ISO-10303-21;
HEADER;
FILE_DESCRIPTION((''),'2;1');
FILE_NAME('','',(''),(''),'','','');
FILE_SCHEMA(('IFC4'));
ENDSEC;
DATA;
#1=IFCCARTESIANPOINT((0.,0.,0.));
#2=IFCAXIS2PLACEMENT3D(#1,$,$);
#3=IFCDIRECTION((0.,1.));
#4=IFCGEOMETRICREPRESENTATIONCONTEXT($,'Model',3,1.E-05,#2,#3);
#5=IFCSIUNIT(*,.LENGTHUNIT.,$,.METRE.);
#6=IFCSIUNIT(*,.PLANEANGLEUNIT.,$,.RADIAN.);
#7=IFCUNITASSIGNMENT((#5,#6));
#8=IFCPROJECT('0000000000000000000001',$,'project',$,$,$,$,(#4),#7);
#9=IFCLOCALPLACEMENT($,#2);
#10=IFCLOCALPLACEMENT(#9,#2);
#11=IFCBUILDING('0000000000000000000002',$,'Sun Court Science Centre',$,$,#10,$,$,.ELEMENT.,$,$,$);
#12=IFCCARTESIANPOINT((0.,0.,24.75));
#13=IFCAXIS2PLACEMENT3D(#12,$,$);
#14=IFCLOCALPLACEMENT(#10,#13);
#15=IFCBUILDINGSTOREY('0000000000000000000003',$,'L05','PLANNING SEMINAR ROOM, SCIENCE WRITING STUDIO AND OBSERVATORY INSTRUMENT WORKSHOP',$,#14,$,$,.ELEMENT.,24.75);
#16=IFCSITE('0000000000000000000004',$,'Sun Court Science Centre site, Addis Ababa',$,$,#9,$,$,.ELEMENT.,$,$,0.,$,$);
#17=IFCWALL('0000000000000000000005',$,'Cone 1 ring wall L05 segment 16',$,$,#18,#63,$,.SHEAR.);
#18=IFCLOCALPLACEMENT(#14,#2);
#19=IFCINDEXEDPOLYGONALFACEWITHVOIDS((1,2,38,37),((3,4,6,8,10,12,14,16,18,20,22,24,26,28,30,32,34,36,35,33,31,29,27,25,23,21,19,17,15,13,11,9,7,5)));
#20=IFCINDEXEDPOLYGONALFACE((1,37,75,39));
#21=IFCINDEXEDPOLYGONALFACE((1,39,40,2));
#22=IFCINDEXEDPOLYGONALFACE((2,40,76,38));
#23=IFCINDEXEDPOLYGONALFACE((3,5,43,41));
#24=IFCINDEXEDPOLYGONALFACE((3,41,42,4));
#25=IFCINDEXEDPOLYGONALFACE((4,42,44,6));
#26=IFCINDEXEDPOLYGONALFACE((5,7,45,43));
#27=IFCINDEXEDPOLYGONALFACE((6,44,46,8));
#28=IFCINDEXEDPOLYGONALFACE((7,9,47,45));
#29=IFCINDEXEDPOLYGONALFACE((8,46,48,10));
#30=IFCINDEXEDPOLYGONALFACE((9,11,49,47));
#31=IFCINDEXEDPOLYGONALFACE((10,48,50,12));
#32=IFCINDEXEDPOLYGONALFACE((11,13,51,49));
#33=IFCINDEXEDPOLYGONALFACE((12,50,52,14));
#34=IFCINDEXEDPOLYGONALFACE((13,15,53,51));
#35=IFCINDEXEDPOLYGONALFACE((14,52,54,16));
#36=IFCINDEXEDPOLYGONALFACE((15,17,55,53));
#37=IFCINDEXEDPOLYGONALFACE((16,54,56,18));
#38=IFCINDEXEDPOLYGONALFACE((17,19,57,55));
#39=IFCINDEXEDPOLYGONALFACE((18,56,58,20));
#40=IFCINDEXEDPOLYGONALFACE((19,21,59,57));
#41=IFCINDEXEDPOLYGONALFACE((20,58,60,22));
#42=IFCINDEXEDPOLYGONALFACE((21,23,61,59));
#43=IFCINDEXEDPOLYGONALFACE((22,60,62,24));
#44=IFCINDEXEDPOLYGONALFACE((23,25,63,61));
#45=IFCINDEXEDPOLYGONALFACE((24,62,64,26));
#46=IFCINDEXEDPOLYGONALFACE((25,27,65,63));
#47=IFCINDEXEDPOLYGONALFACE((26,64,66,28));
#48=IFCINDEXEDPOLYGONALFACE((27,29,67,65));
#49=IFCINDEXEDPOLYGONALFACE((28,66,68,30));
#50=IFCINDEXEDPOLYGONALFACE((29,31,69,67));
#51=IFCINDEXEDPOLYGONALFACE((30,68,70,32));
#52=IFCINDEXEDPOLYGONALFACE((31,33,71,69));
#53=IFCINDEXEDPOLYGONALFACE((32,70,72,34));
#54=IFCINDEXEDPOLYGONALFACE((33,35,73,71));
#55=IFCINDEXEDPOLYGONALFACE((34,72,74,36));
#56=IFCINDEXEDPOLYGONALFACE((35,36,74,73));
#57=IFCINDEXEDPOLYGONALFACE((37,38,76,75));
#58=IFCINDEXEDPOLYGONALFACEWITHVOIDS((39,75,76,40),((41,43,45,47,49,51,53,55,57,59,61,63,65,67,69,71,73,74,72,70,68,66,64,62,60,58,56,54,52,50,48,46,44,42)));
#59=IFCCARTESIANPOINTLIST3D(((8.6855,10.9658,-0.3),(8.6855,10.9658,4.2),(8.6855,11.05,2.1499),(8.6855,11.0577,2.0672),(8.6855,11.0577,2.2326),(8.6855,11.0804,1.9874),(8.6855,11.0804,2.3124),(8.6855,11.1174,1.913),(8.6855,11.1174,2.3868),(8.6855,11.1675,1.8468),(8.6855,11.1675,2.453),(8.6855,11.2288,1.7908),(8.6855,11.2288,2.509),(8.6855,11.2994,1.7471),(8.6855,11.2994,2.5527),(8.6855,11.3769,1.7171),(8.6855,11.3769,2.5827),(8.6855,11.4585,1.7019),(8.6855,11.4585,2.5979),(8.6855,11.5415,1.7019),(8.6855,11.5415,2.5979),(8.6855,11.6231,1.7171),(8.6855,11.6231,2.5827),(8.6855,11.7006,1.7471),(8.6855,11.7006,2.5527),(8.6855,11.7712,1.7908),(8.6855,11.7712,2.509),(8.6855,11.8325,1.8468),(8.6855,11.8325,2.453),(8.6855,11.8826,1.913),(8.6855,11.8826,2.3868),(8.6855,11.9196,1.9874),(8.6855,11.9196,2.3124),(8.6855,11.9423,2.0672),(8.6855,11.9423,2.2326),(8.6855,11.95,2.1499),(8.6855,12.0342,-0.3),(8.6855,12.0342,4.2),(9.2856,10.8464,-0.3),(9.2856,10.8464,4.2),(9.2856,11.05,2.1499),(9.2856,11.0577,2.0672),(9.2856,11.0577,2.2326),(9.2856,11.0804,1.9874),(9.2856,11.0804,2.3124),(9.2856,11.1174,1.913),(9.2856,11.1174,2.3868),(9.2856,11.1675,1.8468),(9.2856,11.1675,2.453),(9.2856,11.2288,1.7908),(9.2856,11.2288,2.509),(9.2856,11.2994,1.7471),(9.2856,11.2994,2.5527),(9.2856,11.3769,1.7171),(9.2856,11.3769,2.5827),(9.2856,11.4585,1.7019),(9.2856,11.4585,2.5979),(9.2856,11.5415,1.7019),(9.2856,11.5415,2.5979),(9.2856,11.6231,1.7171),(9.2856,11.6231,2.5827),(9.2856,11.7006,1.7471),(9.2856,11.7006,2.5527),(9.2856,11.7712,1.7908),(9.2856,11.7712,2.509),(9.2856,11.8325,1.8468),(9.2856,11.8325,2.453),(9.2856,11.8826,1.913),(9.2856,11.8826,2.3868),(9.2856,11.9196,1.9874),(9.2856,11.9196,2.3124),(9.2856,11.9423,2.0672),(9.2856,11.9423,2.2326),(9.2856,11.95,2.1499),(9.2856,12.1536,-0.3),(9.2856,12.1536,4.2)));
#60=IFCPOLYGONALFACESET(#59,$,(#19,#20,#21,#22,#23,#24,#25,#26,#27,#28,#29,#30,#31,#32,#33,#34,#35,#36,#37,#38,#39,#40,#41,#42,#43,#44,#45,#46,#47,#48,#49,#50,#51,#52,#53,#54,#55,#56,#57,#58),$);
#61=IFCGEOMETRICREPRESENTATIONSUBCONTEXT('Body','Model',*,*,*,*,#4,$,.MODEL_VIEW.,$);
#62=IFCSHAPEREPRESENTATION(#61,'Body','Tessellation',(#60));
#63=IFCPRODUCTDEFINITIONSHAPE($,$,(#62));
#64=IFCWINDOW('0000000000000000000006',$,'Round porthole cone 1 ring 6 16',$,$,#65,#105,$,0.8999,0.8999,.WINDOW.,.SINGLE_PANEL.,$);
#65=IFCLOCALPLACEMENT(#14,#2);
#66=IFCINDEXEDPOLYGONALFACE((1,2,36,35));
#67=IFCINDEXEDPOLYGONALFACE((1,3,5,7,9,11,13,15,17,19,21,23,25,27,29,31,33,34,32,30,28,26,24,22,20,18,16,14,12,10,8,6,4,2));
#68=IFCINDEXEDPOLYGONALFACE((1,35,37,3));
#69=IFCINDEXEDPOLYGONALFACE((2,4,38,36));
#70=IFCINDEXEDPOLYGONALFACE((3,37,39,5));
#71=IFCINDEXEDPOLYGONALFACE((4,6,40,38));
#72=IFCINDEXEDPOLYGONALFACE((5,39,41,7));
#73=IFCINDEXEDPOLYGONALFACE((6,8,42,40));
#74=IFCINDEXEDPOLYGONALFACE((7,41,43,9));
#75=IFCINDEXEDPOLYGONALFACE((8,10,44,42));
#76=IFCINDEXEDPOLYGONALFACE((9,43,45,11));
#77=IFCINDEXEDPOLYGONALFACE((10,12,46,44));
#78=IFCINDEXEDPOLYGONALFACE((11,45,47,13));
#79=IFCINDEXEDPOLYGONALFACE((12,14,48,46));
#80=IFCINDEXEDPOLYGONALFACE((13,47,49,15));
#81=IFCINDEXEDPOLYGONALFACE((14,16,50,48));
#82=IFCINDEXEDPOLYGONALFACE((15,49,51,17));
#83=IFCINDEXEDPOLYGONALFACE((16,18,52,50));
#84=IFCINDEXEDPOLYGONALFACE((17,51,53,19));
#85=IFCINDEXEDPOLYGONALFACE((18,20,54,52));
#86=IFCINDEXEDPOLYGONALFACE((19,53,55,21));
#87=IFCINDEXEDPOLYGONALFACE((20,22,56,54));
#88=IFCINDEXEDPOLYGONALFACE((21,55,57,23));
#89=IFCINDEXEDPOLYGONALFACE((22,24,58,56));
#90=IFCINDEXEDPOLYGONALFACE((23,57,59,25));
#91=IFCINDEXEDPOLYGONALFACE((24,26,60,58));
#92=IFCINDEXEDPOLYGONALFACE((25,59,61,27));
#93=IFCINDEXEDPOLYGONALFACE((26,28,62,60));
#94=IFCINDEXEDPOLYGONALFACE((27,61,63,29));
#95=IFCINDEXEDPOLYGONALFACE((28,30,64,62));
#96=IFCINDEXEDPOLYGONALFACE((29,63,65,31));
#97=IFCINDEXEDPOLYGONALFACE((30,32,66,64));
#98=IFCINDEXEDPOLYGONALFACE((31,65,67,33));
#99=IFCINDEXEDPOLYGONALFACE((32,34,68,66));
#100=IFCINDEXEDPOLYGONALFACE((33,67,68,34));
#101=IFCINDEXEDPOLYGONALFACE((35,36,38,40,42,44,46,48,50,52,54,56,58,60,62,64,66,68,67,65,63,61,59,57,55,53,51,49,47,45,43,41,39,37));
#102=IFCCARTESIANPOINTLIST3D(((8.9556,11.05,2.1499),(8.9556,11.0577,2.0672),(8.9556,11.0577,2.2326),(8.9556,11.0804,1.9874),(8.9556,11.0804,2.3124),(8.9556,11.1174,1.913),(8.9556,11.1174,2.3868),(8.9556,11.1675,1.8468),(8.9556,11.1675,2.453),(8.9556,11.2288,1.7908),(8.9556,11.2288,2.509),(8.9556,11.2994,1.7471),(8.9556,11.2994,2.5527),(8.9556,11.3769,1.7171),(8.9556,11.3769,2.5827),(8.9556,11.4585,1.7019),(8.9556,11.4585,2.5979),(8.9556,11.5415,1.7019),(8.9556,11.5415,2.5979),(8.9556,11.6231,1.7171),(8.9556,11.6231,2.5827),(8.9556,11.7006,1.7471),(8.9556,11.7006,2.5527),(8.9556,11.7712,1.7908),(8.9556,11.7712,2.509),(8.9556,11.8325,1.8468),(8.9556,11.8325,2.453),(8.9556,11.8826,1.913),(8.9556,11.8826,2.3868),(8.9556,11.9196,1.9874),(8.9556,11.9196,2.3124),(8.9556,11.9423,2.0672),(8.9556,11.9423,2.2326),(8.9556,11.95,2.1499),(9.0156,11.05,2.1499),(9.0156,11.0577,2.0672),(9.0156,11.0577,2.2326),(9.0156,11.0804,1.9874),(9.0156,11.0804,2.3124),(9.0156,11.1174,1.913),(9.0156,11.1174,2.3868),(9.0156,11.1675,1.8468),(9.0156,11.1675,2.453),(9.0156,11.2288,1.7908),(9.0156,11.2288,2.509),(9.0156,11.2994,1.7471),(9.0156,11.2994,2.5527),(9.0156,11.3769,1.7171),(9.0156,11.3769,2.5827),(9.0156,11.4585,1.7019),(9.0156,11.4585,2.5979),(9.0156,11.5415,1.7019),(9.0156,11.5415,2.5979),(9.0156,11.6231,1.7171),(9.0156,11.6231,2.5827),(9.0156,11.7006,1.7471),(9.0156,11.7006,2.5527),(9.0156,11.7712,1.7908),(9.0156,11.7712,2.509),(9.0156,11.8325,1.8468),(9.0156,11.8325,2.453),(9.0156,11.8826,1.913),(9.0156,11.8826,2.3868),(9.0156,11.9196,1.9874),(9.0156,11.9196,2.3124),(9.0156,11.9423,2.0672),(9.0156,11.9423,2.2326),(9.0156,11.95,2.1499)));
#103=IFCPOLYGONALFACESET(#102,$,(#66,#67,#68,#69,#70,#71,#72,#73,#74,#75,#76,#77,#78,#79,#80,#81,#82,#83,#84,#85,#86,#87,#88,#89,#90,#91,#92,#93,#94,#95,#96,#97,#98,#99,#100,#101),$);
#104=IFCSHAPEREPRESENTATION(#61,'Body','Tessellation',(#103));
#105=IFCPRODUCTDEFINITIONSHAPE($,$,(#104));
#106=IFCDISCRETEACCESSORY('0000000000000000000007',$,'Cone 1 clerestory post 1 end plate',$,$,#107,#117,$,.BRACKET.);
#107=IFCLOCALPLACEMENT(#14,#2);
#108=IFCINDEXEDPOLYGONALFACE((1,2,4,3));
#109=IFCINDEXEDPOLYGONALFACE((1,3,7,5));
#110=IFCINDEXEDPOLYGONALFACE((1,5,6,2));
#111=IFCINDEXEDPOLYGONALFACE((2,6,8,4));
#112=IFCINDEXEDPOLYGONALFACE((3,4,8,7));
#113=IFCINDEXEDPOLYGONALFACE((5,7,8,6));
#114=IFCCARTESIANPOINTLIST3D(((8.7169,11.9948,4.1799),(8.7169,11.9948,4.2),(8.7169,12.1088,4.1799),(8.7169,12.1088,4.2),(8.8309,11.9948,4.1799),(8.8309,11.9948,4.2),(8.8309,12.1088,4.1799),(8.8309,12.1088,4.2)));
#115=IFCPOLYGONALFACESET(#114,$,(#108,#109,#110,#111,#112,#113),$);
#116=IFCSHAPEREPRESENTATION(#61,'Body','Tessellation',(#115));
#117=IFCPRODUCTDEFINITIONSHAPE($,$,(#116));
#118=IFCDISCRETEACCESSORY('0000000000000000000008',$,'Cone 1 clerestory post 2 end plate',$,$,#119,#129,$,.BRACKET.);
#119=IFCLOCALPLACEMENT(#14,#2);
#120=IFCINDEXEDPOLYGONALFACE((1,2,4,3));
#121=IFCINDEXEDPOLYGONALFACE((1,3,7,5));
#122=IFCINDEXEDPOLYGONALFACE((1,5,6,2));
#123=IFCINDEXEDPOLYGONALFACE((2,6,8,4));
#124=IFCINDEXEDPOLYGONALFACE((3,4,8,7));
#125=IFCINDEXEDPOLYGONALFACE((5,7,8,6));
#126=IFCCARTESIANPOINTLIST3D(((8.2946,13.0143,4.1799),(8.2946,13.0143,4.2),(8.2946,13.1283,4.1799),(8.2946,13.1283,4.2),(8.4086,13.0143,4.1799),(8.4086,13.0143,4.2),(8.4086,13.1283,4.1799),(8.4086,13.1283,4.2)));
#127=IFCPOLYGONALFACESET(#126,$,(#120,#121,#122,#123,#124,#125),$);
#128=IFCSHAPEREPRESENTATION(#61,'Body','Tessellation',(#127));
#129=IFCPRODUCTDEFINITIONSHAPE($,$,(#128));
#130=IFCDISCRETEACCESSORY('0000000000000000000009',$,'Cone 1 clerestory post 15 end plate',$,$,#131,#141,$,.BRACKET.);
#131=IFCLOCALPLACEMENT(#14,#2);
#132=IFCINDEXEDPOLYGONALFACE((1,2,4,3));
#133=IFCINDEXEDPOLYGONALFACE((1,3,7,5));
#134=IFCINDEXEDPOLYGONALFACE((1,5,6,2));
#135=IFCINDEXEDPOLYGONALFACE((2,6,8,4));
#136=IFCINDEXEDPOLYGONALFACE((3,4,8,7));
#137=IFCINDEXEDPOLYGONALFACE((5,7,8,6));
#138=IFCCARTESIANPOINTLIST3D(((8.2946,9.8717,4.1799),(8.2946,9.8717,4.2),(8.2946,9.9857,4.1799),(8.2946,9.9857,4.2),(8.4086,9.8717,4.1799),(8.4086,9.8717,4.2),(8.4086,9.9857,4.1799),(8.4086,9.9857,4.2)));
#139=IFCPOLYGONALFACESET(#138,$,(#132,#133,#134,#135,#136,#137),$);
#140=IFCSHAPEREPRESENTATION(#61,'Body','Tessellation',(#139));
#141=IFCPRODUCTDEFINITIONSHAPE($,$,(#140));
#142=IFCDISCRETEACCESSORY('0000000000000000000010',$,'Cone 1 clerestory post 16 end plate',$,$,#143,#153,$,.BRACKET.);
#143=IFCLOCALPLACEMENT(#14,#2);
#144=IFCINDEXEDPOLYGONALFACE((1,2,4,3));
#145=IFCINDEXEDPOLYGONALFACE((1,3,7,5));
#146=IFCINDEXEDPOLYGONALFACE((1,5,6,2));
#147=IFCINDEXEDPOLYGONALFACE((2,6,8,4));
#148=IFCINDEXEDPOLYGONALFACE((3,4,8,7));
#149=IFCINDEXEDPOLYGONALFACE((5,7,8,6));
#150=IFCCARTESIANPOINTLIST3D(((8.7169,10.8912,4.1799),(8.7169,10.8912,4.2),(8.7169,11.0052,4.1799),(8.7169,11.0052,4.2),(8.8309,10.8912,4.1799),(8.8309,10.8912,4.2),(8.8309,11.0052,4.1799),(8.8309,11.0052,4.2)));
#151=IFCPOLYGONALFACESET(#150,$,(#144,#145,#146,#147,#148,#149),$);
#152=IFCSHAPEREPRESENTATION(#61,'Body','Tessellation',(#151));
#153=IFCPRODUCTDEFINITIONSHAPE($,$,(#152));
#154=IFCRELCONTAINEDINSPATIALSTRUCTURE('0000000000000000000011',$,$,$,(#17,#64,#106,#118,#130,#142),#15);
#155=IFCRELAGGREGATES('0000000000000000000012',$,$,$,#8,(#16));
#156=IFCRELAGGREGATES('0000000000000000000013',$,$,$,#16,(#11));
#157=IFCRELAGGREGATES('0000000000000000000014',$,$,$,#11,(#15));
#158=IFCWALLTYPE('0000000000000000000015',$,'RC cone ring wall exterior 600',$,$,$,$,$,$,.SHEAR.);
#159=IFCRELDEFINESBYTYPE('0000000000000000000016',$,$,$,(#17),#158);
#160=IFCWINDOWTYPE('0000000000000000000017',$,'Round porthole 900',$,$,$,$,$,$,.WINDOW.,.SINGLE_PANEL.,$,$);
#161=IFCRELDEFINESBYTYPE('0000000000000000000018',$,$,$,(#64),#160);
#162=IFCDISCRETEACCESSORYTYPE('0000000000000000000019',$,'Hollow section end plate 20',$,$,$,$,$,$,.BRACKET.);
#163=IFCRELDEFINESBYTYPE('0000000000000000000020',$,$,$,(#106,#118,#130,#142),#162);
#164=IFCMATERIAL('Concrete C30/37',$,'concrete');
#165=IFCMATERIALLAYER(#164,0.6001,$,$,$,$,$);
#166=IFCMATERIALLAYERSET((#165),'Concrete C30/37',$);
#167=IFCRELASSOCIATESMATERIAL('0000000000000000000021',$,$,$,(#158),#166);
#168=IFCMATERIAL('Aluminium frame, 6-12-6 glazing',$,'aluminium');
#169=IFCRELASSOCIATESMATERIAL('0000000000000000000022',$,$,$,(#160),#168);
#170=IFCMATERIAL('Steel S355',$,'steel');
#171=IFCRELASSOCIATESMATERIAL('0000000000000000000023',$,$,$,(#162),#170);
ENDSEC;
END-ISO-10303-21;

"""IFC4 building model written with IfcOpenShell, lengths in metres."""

from ifc_helpers import new_model, si_unit, direction, frame, frame_2d, origin, origin_2d, place, context, subcontext, project, spatial, polyline, rectangle, circle, outline, extrude, material, layer, layer_set, type_object, element, fill, save


model = new_model("IFC4")

# Units and contexts
model_context = context("Model", 3, precision=1e-05, world=origin(), true_north=direction((0.0, 1.0)))
body_context = subcontext(model_context, "Body", "Model", "MODEL_VIEW")
ifc_project = project(units=[si_unit("LENGTHUNIT", "METRE"), si_unit("PLANEANGLEUNIT", "RADIAN")], contexts=[model_context])

# Site, building, storey
site_placement = place(None, origin())
site = spatial("IfcSite", under=ifc_project, at=site_placement, Name="Sun Court Science Centre site, Addis Ababa", CompositionType="ELEMENT", RefElevation=0.0)
building_placement = place(site_placement, origin())
building = spatial("IfcBuilding", under=site, at=building_placement, Name="Sun Court Science Centre", CompositionType="ELEMENT")
storey_placement = place(building_placement, frame((0.0, 0.0, 24.75)))
storey = spatial("IfcBuildingStorey", under=building, at=storey_placement, Name="L05", Description="PLANNING SEMINAR ROOM, SCIENCE WRITING STUDIO AND OBSERVATORY INSTRUMENT WORKSHOP", CompositionType="ELEMENT", Elevation=24.75)

# Wall, opening, window
ifc_material_1 = material(Name="Concrete C30/37", Category="concrete")
ifc_layer = layer(ifc_material_1, 0.6001)
ifc_layer_set = layer_set([ifc_layer], Name="Concrete C30/37")
wall_type = type_object("IfcWallType", Name="RC cone ring wall exterior 600", PredefinedType="SHEAR", material=ifc_layer_set)
ifc_material_2 = material(Name="Aluminium frame, 6-12-6 glazing", Category="aluminium")
window_type = type_object("IfcWindowType", Name="Round porthole 900", PartitioningType="SINGLE_PANEL", PredefinedType="WINDOW", material=ifc_material_2)
wall_1_placement = place(storey_placement, frame((8.9856, 10.8464, -0.3), z_axis=(0.0, 0.0, 1.0), x_axis=(0.0, 1.0, 0.0)))
wall_1 = element("IfcWall", 1, at=wall_1_placement, inside=storey, type_object=wall_type, Name="Cone 1 ring wall L05 segment 16", PredefinedType="SHEAR", context=body_context, shape_type="SweptSolid", body=[
    extrude(outline(polyline([(0.0, -0.3), (1.3071, -0.3), (1.1877, 0.3), (0.1194, 0.3), (0.0, -0.3)])), origin(), (0.0, 0.0, 1.0), 4.5),
])
opening_1_placement = place(wall_1_placement, frame((0.2036, 0.0, 2.0)))
opening_1 = element("IfcOpeningElement", 2, at=opening_1_placement, cuts=wall_1, PredefinedType="OPENING", context=body_context, shape_type="SweptSolid", body=[
    extrude(circle(Radius=0.45, at=frame_2d((0.45, 0.45))), frame((0.0, 0.3101, 0.0), z_axis=(0.0, -1.0, 0.0), x_axis=(1.0, 0.0, 0.0)), (0.0, 0.0, 1.0), 0.6201),
])
window_1_placement = place(opening_1_placement, origin())
window_1 = element("IfcWindow", 3, at=window_1_placement, inside=storey, type_object=window_type, Name="Round porthole cone 1 ring 6 16", OverallHeight=0.8999, OverallWidth=0.8999, PartitioningType="SINGLE_PANEL", PredefinedType="WINDOW", context=body_context, shape_type="SweptSolid", body=[
    extrude(circle(Radius=0.45, at=frame_2d((0.45, 0.45))), frame((0.0, 0.03, 0.0), z_axis=(0.0, -1.0, 0.0), x_axis=(1.0, 0.0, 0.0)), (0.0, 0.0, 1.0), 0.0601),
])
fill(opening_1, window_1)

# Discrete accessories
ifc_material_3 = material(Name="Steel S355", Category="steel")
discrete_accessory_type = type_object("IfcDiscreteAccessoryType", Name="Hollow section end plate 20", PredefinedType="BRACKET", material=ifc_material_3)
for number, where, z_axis, x_axis, name in (
    (4, (8.7739, 12.0518, 4.1799), (0.0, 0.0, 1.0), (1.0, 0.0, 0.0), "Cone 1 clerestory post 1 end plate"),
    (5, (8.3516, 13.0713, 4.1799), (0.0, 0.0, 1.0), (1.0, 0.0, 0.0), "Cone 1 clerestory post 2 end plate"),
    (6, (8.3516, 9.9287, 4.1799), (0.0, 0.0, 1.0), (1.0, 0.0, 0.0), "Cone 1 clerestory post 15 end plate"),
    (7, (8.7739, 10.9482, 4.1799), (0.0, 0.0, 1.0), (1.0, 0.0, 0.0), "Cone 1 clerestory post 16 end plate"),
):
    element("IfcDiscreteAccessory", number, at=place(storey_placement, frame(where, z_axis=z_axis, x_axis=x_axis)), inside=storey, type_object=discrete_accessory_type, Name=name, PredefinedType="BRACKET", context=body_context, shape_type="SweptSolid", body=[
        extrude(rectangle(XDim=0.114, YDim=0.114, at=origin_2d()), origin(), (0.0, 0.0, 1.0), 0.02),
    ])

save(model, "model.ifc")
